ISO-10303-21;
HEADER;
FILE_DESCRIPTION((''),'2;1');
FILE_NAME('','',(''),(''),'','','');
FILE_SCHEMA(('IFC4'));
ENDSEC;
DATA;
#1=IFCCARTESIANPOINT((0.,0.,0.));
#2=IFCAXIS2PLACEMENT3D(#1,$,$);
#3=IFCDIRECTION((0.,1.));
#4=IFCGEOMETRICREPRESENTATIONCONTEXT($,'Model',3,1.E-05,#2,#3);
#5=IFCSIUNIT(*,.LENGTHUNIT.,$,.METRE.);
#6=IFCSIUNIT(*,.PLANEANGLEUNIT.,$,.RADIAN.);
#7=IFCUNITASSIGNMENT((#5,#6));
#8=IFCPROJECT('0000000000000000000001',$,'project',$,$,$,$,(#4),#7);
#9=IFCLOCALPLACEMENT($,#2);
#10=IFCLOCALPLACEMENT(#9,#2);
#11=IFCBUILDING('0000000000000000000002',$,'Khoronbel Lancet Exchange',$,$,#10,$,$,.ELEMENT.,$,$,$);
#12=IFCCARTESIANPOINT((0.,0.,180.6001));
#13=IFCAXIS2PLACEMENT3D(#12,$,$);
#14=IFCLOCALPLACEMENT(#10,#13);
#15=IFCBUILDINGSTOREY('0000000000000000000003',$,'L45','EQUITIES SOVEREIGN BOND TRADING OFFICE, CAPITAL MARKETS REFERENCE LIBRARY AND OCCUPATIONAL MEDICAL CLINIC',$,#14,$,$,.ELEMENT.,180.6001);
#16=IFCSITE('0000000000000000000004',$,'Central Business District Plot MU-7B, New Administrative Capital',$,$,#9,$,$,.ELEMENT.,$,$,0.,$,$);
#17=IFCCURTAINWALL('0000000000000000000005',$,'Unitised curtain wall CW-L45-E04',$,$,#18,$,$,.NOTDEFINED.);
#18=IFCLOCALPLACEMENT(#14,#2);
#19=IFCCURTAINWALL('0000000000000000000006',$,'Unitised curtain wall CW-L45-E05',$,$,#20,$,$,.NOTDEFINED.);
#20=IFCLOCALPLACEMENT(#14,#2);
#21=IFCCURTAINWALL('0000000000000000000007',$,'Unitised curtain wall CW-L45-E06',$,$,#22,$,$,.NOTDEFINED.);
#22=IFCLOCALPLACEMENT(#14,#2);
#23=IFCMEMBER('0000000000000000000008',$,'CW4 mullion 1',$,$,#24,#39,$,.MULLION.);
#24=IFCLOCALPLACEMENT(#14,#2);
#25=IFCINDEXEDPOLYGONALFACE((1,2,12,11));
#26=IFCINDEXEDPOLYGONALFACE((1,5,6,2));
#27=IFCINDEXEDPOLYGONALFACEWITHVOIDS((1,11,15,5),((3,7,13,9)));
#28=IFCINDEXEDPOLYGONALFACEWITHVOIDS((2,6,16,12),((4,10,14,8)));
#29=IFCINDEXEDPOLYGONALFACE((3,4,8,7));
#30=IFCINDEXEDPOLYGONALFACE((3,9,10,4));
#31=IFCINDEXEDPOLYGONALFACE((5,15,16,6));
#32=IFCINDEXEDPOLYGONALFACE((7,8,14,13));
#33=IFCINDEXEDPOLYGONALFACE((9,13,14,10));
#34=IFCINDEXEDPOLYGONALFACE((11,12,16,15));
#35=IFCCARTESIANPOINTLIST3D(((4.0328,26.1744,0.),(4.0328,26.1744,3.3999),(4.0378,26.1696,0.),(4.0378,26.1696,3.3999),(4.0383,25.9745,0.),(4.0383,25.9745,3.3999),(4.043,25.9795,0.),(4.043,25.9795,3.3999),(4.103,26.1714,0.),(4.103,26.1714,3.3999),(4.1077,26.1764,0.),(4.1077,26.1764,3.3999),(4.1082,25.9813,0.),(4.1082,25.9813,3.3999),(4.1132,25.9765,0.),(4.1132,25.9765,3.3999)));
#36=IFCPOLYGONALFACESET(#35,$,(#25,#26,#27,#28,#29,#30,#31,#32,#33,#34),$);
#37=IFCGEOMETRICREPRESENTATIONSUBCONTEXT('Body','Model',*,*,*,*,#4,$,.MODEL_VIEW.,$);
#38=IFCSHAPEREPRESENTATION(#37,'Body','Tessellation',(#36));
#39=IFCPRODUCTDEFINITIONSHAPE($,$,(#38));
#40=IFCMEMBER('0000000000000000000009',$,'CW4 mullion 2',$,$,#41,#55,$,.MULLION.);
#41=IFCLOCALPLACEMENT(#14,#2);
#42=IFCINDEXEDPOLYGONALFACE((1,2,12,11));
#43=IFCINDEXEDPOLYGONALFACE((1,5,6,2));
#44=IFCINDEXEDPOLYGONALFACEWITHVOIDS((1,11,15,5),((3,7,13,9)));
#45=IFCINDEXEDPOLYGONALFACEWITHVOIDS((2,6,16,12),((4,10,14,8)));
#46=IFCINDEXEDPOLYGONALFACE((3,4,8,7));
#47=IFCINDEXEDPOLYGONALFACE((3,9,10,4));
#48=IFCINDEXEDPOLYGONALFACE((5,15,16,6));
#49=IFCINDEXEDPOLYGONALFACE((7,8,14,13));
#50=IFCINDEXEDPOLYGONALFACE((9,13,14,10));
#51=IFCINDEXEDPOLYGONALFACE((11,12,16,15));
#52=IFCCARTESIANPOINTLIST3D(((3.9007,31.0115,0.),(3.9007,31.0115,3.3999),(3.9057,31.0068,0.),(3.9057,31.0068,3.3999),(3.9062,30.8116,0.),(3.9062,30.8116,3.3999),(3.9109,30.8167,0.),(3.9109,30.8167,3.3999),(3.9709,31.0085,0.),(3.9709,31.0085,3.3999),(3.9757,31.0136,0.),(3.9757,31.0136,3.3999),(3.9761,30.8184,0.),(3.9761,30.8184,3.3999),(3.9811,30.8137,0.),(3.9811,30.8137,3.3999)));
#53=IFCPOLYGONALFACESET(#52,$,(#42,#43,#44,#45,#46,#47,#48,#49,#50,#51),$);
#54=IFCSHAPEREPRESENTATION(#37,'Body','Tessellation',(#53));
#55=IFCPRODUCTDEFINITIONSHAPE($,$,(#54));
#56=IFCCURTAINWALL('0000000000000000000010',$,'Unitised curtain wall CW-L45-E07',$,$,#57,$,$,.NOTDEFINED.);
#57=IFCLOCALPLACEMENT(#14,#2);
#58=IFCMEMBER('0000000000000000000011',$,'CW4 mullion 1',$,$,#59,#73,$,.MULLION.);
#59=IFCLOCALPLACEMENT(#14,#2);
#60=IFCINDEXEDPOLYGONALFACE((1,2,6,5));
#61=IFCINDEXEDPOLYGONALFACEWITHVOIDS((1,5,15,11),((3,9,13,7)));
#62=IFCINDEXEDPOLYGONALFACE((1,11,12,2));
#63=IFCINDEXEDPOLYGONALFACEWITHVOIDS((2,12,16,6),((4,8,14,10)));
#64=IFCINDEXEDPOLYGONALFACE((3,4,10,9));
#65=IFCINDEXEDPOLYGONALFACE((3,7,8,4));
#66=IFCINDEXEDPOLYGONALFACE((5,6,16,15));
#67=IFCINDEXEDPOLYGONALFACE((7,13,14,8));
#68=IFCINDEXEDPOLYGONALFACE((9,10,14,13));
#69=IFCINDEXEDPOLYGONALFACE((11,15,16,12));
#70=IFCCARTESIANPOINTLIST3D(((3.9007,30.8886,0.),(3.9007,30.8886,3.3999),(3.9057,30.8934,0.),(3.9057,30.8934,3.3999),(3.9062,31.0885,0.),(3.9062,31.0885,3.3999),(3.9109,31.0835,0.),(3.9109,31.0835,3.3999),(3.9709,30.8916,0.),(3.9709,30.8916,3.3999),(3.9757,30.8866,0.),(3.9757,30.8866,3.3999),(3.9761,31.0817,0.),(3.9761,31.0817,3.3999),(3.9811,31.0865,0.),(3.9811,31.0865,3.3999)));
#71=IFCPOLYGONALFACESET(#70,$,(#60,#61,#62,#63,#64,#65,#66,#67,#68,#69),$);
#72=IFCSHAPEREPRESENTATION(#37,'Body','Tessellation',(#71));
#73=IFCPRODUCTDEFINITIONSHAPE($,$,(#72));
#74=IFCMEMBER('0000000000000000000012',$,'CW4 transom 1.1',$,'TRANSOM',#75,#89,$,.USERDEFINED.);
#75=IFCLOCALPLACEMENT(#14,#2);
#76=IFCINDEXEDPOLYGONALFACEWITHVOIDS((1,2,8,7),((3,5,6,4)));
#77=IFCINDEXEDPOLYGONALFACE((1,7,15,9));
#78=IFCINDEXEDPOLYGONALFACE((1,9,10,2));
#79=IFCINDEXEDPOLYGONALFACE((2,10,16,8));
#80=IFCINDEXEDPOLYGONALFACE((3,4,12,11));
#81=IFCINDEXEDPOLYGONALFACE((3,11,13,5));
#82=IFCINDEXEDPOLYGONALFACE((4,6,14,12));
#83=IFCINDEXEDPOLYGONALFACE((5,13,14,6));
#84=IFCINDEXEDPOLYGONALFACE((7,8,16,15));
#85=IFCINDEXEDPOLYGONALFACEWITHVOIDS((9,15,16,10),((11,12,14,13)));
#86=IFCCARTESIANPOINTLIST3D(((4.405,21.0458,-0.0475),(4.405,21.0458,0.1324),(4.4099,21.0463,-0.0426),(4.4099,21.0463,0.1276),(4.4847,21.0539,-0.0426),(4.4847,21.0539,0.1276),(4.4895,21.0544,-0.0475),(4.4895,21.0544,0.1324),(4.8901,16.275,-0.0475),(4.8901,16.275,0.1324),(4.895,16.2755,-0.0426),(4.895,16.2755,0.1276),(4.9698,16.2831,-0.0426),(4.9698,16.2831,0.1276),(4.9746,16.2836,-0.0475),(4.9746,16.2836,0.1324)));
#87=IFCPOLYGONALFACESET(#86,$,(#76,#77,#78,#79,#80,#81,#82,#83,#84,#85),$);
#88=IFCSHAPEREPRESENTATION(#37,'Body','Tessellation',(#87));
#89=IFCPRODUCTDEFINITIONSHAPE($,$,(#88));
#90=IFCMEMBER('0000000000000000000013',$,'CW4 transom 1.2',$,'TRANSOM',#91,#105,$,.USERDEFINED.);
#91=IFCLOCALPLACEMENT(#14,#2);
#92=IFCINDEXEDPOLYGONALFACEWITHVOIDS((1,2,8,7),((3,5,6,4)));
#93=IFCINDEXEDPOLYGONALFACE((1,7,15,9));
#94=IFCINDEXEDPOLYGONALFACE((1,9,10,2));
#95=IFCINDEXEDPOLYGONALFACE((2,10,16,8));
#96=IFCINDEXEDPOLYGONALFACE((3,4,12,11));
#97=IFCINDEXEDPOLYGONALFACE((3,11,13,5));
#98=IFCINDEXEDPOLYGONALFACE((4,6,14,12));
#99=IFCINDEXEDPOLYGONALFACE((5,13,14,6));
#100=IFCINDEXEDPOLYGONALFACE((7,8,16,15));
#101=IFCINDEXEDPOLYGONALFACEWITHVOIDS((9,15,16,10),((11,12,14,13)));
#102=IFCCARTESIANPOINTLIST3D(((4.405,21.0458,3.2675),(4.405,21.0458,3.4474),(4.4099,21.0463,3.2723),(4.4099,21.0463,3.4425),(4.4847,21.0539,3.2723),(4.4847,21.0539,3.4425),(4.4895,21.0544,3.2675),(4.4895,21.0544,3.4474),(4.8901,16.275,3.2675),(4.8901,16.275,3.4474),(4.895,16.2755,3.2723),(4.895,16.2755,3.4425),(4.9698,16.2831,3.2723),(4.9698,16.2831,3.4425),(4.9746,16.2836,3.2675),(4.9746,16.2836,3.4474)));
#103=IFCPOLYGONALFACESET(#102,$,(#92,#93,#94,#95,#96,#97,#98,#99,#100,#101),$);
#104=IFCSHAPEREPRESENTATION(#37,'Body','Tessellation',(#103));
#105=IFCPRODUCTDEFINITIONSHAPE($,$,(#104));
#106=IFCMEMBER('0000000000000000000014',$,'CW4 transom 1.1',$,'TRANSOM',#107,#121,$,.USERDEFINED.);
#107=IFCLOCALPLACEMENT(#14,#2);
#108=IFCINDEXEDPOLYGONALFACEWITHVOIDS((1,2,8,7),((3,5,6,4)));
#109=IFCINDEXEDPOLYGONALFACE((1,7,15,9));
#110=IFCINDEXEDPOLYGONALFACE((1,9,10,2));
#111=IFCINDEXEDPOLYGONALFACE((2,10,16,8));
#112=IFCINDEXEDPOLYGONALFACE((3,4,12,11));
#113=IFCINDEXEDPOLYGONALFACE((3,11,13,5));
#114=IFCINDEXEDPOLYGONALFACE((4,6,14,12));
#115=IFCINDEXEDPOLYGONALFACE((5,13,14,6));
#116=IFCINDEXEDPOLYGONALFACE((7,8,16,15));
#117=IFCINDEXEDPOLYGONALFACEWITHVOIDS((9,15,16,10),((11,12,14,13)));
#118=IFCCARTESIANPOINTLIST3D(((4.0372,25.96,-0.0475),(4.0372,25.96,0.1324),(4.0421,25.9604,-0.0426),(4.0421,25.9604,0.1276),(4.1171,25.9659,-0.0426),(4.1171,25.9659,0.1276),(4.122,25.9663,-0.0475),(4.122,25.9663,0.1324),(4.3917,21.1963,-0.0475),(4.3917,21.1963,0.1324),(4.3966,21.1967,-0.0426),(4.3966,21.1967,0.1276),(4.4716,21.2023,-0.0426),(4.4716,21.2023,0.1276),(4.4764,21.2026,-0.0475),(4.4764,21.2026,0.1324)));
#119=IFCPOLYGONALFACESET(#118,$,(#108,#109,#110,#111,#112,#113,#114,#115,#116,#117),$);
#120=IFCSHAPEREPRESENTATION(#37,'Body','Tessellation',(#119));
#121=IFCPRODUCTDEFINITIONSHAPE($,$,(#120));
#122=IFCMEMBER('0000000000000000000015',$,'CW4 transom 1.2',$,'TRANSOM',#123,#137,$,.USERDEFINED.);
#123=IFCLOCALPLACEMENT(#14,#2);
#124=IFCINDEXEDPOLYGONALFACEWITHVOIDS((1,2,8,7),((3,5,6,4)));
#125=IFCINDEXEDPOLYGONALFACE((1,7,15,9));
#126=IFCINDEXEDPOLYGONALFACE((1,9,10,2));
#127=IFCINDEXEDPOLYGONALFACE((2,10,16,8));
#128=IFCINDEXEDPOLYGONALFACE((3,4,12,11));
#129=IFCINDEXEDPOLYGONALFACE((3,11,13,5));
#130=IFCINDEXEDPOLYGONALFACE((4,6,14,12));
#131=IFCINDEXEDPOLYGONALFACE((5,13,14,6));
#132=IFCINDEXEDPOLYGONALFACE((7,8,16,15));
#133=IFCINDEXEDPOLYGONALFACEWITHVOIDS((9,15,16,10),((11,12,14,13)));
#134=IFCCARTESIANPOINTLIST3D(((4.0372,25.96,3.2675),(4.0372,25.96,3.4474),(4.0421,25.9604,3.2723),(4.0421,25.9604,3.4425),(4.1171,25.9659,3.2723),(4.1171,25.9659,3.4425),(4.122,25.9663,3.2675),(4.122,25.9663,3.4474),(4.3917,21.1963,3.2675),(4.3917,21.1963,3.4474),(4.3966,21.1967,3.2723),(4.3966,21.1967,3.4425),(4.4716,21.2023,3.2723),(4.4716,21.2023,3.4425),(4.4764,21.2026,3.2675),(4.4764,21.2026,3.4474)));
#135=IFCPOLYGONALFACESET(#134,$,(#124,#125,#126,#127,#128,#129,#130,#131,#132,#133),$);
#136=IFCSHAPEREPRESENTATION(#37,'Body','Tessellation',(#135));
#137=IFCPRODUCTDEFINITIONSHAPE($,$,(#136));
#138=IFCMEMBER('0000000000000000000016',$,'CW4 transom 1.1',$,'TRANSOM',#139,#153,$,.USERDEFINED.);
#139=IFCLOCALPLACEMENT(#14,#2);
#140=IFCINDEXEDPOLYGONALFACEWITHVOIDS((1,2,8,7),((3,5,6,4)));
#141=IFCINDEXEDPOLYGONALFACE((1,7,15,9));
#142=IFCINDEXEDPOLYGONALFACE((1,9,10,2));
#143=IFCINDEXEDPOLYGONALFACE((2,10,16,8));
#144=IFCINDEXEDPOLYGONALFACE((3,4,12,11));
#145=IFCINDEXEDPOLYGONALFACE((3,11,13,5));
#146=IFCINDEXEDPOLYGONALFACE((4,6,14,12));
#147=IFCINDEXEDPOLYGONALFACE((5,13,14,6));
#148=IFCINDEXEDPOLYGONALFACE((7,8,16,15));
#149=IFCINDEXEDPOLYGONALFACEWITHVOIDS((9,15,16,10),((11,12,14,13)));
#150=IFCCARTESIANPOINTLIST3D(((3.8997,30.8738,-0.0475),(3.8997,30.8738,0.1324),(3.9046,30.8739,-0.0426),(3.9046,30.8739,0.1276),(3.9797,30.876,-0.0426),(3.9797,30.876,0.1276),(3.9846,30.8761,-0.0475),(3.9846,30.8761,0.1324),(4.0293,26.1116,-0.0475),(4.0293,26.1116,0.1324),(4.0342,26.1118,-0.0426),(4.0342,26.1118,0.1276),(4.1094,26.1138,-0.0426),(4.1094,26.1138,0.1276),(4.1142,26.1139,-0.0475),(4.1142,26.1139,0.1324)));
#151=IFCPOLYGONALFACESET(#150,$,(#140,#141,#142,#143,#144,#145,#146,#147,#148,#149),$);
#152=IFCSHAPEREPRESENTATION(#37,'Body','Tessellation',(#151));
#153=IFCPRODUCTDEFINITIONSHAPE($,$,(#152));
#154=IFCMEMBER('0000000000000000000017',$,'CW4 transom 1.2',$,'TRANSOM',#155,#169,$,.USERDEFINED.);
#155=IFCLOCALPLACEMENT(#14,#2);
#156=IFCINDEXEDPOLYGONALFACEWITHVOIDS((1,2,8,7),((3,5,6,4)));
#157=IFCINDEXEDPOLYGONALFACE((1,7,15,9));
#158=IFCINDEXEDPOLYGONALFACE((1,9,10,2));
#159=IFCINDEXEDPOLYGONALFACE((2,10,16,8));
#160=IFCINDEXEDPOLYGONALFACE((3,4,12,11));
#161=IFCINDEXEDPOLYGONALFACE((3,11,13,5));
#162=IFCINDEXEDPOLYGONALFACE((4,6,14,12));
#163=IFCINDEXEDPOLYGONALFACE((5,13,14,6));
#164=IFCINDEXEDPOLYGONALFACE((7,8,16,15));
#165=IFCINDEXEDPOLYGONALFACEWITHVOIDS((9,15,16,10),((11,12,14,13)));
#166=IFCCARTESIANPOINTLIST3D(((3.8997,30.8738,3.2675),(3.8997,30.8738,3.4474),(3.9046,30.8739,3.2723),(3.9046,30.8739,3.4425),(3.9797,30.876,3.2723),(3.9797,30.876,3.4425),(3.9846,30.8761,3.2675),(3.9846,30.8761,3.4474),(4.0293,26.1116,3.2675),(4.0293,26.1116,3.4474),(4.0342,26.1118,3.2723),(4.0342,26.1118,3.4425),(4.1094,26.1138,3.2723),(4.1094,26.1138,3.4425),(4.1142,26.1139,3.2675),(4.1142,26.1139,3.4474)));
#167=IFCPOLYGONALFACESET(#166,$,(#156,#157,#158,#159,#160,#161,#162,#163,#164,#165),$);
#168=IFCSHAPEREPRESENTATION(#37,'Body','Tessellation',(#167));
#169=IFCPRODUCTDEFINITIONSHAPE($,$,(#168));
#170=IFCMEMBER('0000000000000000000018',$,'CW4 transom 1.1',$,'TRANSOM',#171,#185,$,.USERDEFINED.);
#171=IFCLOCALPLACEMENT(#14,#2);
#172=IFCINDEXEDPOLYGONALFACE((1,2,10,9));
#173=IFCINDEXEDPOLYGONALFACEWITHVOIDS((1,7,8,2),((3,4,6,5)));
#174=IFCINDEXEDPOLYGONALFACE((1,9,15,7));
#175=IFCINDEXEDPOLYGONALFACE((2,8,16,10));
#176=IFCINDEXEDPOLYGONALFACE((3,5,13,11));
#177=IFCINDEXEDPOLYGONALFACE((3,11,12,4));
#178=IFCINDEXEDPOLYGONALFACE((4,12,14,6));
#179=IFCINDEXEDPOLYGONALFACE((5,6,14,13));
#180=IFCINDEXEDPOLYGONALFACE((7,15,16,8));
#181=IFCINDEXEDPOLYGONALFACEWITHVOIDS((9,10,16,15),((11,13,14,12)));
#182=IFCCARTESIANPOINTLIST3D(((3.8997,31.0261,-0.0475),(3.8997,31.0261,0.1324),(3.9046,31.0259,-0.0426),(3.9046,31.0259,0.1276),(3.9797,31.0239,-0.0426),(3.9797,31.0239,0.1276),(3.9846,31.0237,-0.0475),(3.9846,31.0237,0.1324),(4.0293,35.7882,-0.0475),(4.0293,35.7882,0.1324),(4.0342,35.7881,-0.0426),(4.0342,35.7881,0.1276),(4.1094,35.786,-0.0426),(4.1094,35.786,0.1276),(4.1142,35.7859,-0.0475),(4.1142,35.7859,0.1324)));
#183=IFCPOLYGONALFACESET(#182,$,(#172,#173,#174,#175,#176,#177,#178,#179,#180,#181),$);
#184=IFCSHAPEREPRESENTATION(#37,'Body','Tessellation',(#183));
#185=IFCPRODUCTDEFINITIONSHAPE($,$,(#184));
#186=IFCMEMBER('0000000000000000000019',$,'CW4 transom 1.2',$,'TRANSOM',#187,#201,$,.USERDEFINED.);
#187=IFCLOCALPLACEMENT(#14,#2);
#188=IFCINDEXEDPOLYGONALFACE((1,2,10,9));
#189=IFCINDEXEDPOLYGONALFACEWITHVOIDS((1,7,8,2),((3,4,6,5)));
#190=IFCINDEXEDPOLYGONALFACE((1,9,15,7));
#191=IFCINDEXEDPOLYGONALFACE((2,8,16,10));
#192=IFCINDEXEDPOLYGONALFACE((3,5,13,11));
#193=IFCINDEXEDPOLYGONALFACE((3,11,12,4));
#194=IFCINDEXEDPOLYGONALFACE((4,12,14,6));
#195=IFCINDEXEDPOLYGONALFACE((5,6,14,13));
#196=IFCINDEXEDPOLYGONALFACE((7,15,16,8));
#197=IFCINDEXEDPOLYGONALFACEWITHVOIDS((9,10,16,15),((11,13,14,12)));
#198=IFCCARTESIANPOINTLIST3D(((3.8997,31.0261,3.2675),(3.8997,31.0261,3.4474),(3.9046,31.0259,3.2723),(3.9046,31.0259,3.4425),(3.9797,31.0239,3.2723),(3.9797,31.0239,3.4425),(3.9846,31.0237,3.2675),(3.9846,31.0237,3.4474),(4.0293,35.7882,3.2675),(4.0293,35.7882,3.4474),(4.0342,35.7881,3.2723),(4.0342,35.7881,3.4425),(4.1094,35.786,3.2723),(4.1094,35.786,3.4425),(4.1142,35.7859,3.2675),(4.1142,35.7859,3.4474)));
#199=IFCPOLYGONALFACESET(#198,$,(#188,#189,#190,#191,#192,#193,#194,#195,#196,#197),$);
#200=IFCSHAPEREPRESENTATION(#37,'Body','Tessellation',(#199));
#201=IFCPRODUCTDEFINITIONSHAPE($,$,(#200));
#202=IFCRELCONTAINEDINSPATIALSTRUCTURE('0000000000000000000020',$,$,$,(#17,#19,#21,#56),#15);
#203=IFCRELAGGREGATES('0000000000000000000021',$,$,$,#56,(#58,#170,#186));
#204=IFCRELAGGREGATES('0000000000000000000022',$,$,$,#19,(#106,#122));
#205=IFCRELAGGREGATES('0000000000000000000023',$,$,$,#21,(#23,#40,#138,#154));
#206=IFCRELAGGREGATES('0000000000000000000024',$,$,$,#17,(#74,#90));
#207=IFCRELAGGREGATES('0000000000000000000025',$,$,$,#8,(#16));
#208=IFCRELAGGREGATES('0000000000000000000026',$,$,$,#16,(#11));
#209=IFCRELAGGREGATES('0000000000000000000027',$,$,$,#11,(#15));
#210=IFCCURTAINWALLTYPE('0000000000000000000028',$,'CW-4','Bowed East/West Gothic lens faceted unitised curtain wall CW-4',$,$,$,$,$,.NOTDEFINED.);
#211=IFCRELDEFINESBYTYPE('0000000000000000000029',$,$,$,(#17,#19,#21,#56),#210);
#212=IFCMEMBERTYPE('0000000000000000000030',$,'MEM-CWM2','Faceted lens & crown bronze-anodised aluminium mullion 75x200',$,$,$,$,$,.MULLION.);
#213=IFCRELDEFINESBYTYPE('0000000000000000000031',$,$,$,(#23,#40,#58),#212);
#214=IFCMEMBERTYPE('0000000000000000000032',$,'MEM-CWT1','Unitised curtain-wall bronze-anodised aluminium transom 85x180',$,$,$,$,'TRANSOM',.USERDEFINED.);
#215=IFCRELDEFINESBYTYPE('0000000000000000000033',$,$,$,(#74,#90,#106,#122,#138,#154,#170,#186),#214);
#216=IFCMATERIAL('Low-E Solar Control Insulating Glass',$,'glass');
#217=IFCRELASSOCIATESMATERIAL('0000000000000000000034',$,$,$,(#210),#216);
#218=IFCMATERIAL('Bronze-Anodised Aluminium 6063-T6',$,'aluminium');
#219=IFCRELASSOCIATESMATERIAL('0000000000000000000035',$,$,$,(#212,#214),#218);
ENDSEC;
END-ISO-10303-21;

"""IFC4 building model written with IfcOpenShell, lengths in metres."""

from ifc_helpers import new_model, si_unit, direction, frame, origin, origin_2d, place, context, subcontext, project, spatial, hollow_rectangle, extrude, material, material_profile, profile_set, type_object, element, aggregate, save


model = new_model("IFC4")

# Units and contexts
model_context = context("Model", 3, precision=1e-05, world=origin(), true_north=direction((0.0, 1.0)))
body_context = subcontext(model_context, "Body", "Model", "MODEL_VIEW")
ifc_project = project(units=[si_unit("LENGTHUNIT", "METRE"), si_unit("PLANEANGLEUNIT", "RADIAN")], contexts=[model_context])

# Site, building, storey
site_placement = place(None, origin())
site = spatial("IfcSite", under=ifc_project, at=site_placement, Name="Central Business District Plot MU-7B, New Administrative Capital", CompositionType="ELEMENT", RefElevation=0.0)
building_placement = place(site_placement, origin())
building = spatial("IfcBuilding", under=site, at=building_placement, Name="Khoronbel Lancet Exchange", CompositionType="ELEMENT")
storey_placement = place(building_placement, frame((0.0, 0.0, 180.6001)))
storey = spatial("IfcBuildingStorey", under=building, at=storey_placement, Name="L45", Description="EQUITIES SOVEREIGN BOND TRADING OFFICE, CAPITAL MARKETS REFERENCE LIBRARY AND OCCUPATIONAL MEDICAL CLINIC", CompositionType="ELEMENT", Elevation=180.6001)

# Curtain walls, members
ifc_material_1 = material(Name="Low-E Solar Control Insulating Glass", Category="glass")
curtain_wall_type = type_object("IfcCurtainWallType", Name="CW-4", Description="Bowed East/West Gothic lens faceted unitised curtain wall CW-4", PredefinedType="NOTDEFINED", material=ifc_material_1)
curtain_wall_1_placement = place(storey_placement, origin())
curtain_wall_1 = element("IfcCurtainWall", 1, at=curtain_wall_1_placement, inside=storey, type_object=curtain_wall_type, Name="Unitised curtain wall CW-L45-E04", PredefinedType="NOTDEFINED")
ifc_material_2 = material(Name="Bronze-Anodised Aluminium 6063-T6", Category="aluminium")
ifc_material_profile_1 = material_profile(ifc_material_2, hollow_rectangle(XDim=0.075, YDim=0.2, WallThickness=0.0049, at=origin_2d()), Name="ALU MULLION 75x200")
ifc_profile_set_1 = profile_set([ifc_material_profile_1], Name="Bronze-Anodised Aluminium 6063-T6")
member_type_1 = type_object("IfcMemberType", Name="MEM-CWM2", Description="Faceted lens & crown bronze-anodised aluminium mullion 75x200", PredefinedType="MULLION", material=ifc_profile_set_1)
curtain_wall_2_placement = place(storey_placement, origin())
curtain_wall_2 = element("IfcCurtainWall", 2, at=curtain_wall_2_placement, inside=storey, type_object=curtain_wall_type, Name="Unitised curtain wall CW-L45-E05", PredefinedType="NOTDEFINED")
curtain_wall_3_placement = place(storey_placement, origin())
curtain_wall_3 = element("IfcCurtainWall", 3, at=curtain_wall_3_placement, inside=storey, type_object=curtain_wall_type, Name="Unitised curtain wall CW-L45-E06", PredefinedType="NOTDEFINED")
member_1_placement = place(storey_placement, frame((4.073, 26.0754, 0.0), z_axis=(0.0, 0.0, 1.0), x_axis=(-0.999629, -0.027249, 0.0)))
member_1 = element("IfcMember", 4, at=member_1_placement, type_object=member_type_1, Name="CW4 mullion 1", PredefinedType="MULLION", context=body_context, shape_type="SweptSolid", body=[
    extrude(hollow_rectangle(XDim=0.075, YDim=0.2, WallThickness=0.0049, at=origin_2d()), origin(), (0.0, 0.0, 1.0), 3.3999),
])
member_2_placement = place(storey_placement, frame((3.9409, 30.9126, 0.0), z_axis=(0.0, 0.0, 1.0), x_axis=(-0.999629, -0.027249, 0.0)))
member_2 = element("IfcMember", 5, at=member_2_placement, type_object=member_type_1, Name="CW4 mullion 2", PredefinedType="MULLION", context=body_context, shape_type="SweptSolid", body=[
    extrude(hollow_rectangle(XDim=0.075, YDim=0.2, WallThickness=0.0049, at=origin_2d()), origin(), (0.0, 0.0, 1.0), 3.3999),
])

# Curtain wall, member
curtain_wall_4_placement = place(storey_placement, origin())
curtain_wall_4 = element("IfcCurtainWall", 6, at=curtain_wall_4_placement, inside=storey, type_object=curtain_wall_type, Name="Unitised curtain wall CW-L45-E07", PredefinedType="NOTDEFINED")
member_3_placement = place(storey_placement, frame((3.9409, 30.9875, 0.0), z_axis=(0.0, 0.0, 1.0), x_axis=(-0.999629, 0.027249, 0.0)))
member_3 = element("IfcMember", 7, at=member_3_placement, type_object=member_type_1, Name="CW4 mullion 1", PredefinedType="MULLION", context=body_context, shape_type="SweptSolid", body=[
    extrude(hollow_rectangle(XDim=0.075, YDim=0.2, WallThickness=0.0049, at=origin_2d()), origin(), (0.0, 0.0, 1.0), 3.3999),
])

# Members
ifc_material_profile_2 = material_profile(ifc_material_2, hollow_rectangle(XDim=0.085, YDim=0.1799, WallThickness=0.0049, at=origin_2d()), Name="ALU TRANSOM 85x180")
ifc_profile_set_2 = profile_set([ifc_material_profile_2], Name="Bronze-Anodised Aluminium 6063-T6")
member_type_2 = type_object("IfcMemberType", Name="MEM-CWT1", Description="Unitised curtain-wall bronze-anodised aluminium transom 85x180", ElementType="TRANSOM", PredefinedType="USERDEFINED", material=ifc_profile_set_2)
member_4_placement = place(storey_placement, frame((4.9324, 16.2793, 0.0425), z_axis=(-0.101162, 0.99487, 0.0), x_axis=(-0.99487, -0.101162, 0.0)))
member_4 = element("IfcMember", 8, at=member_4_placement, type_object=member_type_2, Name="CW4 transom 1.1", ObjectType="TRANSOM", PredefinedType="USERDEFINED", context=body_context, shape_type="SweptSolid", body=[
    extrude(hollow_rectangle(XDim=0.085, YDim=0.1799, WallThickness=0.0049, at=origin_2d()), origin(), (0.0, 0.0, 1.0), 4.7954),
])
member_5_placement = place(storey_placement, frame((4.9324, 16.2793, 3.3574), z_axis=(-0.101162, 0.99487, 0.0), x_axis=(-0.99487, -0.101162, 0.0)))
member_5 = element("IfcMember", 9, at=member_5_placement, type_object=member_type_2, Name="CW4 transom 1.2", ObjectType="TRANSOM", PredefinedType="USERDEFINED", context=body_context, shape_type="SweptSolid", body=[
    extrude(hollow_rectangle(XDim=0.085, YDim=0.1799, WallThickness=0.0049, at=origin_2d()), origin(), (0.0, 0.0, 1.0), 4.7954),
])
member_6_placement = place(storey_placement, frame((4.4341, 21.1995, 0.0425), z_axis=(-0.074211, 0.997243, 0.0), x_axis=(-0.997243, -0.074211, 0.0)))
member_6 = element("IfcMember", 10, at=member_6_placement, type_object=member_type_2, Name="CW4 transom 1.1", ObjectType="TRANSOM", PredefinedType="USERDEFINED", context=body_context, shape_type="SweptSolid", body=[
    extrude(hollow_rectangle(XDim=0.085, YDim=0.1799, WallThickness=0.0049, at=origin_2d()), origin(), (0.0, 0.0, 1.0), 4.7769),
])
member_7_placement = place(storey_placement, frame((4.4341, 21.1995, 3.3574), z_axis=(-0.074211, 0.997243, 0.0), x_axis=(-0.997243, -0.074211, 0.0)))
member_7 = element("IfcMember", 11, at=member_7_placement, type_object=member_type_2, Name="CW4 transom 1.2", ObjectType="TRANSOM", PredefinedType="USERDEFINED", context=body_context, shape_type="SweptSolid", body=[
    extrude(hollow_rectangle(XDim=0.085, YDim=0.1799, WallThickness=0.0049, at=origin_2d()), origin(), (0.0, 0.0, 1.0), 4.7769),
])
member_8_placement = place(storey_placement, frame((4.0718, 26.1128, 0.0425), z_axis=(-0.027212, 0.99963, 0.0), x_axis=(-0.99963, -0.027212, 0.0)))
member_8 = element("IfcMember", 12, at=member_8_placement, type_object=member_type_2, Name="CW4 transom 1.1", ObjectType="TRANSOM", PredefinedType="USERDEFINED", context=body_context, shape_type="SweptSolid", body=[
    extrude(hollow_rectangle(XDim=0.085, YDim=0.1799, WallThickness=0.0049, at=origin_2d()), origin(), (0.0, 0.0, 1.0), 4.7639),
])
member_9_placement = place(storey_placement, frame((4.0718, 26.1128, 3.3574), z_axis=(-0.027212, 0.99963, 0.0), x_axis=(-0.99963, -0.027212, 0.0)))
member_9 = element("IfcMember", 13, at=member_9_placement, type_object=member_type_2, Name="CW4 transom 1.2", ObjectType="TRANSOM", PredefinedType="USERDEFINED", context=body_context, shape_type="SweptSolid", body=[
    extrude(hollow_rectangle(XDim=0.085, YDim=0.1799, WallThickness=0.0049, at=origin_2d()), origin(), (0.0, 0.0, 1.0), 4.7639),
])
member_10_placement = place(storey_placement, frame((3.9421, 31.0249, 0.0425), z_axis=(0.027212, 0.99963, 0.0), x_axis=(-0.99963, 0.027212, 0.0)))
member_10 = element("IfcMember", 14, at=member_10_placement, type_object=member_type_2, Name="CW4 transom 1.1", ObjectType="TRANSOM", PredefinedType="USERDEFINED", context=body_context, shape_type="SweptSolid", body=[
    extrude(hollow_rectangle(XDim=0.085, YDim=0.1799, WallThickness=0.0049, at=origin_2d()), origin(), (0.0, 0.0, 1.0), 4.7639),
])
member_11_placement = place(storey_placement, frame((3.9421, 31.0249, 3.3574), z_axis=(0.027212, 0.99963, 0.0), x_axis=(-0.99963, 0.027212, 0.0)))
member_11 = element("IfcMember", 15, at=member_11_placement, type_object=member_type_2, Name="CW4 transom 1.2", ObjectType="TRANSOM", PredefinedType="USERDEFINED", context=body_context, shape_type="SweptSolid", body=[
    extrude(hollow_rectangle(XDim=0.085, YDim=0.1799, WallThickness=0.0049, at=origin_2d()), origin(), (0.0, 0.0, 1.0), 4.7639),
])
aggregate(curtain_wall_4, [member_3, member_10, member_11])

aggregate(curtain_wall_2, [member_6, member_7])
aggregate(curtain_wall_3, [member_1, member_2, member_8, member_9])
aggregate(curtain_wall_1, [member_4, member_5])

save(model, "model.ifc")
